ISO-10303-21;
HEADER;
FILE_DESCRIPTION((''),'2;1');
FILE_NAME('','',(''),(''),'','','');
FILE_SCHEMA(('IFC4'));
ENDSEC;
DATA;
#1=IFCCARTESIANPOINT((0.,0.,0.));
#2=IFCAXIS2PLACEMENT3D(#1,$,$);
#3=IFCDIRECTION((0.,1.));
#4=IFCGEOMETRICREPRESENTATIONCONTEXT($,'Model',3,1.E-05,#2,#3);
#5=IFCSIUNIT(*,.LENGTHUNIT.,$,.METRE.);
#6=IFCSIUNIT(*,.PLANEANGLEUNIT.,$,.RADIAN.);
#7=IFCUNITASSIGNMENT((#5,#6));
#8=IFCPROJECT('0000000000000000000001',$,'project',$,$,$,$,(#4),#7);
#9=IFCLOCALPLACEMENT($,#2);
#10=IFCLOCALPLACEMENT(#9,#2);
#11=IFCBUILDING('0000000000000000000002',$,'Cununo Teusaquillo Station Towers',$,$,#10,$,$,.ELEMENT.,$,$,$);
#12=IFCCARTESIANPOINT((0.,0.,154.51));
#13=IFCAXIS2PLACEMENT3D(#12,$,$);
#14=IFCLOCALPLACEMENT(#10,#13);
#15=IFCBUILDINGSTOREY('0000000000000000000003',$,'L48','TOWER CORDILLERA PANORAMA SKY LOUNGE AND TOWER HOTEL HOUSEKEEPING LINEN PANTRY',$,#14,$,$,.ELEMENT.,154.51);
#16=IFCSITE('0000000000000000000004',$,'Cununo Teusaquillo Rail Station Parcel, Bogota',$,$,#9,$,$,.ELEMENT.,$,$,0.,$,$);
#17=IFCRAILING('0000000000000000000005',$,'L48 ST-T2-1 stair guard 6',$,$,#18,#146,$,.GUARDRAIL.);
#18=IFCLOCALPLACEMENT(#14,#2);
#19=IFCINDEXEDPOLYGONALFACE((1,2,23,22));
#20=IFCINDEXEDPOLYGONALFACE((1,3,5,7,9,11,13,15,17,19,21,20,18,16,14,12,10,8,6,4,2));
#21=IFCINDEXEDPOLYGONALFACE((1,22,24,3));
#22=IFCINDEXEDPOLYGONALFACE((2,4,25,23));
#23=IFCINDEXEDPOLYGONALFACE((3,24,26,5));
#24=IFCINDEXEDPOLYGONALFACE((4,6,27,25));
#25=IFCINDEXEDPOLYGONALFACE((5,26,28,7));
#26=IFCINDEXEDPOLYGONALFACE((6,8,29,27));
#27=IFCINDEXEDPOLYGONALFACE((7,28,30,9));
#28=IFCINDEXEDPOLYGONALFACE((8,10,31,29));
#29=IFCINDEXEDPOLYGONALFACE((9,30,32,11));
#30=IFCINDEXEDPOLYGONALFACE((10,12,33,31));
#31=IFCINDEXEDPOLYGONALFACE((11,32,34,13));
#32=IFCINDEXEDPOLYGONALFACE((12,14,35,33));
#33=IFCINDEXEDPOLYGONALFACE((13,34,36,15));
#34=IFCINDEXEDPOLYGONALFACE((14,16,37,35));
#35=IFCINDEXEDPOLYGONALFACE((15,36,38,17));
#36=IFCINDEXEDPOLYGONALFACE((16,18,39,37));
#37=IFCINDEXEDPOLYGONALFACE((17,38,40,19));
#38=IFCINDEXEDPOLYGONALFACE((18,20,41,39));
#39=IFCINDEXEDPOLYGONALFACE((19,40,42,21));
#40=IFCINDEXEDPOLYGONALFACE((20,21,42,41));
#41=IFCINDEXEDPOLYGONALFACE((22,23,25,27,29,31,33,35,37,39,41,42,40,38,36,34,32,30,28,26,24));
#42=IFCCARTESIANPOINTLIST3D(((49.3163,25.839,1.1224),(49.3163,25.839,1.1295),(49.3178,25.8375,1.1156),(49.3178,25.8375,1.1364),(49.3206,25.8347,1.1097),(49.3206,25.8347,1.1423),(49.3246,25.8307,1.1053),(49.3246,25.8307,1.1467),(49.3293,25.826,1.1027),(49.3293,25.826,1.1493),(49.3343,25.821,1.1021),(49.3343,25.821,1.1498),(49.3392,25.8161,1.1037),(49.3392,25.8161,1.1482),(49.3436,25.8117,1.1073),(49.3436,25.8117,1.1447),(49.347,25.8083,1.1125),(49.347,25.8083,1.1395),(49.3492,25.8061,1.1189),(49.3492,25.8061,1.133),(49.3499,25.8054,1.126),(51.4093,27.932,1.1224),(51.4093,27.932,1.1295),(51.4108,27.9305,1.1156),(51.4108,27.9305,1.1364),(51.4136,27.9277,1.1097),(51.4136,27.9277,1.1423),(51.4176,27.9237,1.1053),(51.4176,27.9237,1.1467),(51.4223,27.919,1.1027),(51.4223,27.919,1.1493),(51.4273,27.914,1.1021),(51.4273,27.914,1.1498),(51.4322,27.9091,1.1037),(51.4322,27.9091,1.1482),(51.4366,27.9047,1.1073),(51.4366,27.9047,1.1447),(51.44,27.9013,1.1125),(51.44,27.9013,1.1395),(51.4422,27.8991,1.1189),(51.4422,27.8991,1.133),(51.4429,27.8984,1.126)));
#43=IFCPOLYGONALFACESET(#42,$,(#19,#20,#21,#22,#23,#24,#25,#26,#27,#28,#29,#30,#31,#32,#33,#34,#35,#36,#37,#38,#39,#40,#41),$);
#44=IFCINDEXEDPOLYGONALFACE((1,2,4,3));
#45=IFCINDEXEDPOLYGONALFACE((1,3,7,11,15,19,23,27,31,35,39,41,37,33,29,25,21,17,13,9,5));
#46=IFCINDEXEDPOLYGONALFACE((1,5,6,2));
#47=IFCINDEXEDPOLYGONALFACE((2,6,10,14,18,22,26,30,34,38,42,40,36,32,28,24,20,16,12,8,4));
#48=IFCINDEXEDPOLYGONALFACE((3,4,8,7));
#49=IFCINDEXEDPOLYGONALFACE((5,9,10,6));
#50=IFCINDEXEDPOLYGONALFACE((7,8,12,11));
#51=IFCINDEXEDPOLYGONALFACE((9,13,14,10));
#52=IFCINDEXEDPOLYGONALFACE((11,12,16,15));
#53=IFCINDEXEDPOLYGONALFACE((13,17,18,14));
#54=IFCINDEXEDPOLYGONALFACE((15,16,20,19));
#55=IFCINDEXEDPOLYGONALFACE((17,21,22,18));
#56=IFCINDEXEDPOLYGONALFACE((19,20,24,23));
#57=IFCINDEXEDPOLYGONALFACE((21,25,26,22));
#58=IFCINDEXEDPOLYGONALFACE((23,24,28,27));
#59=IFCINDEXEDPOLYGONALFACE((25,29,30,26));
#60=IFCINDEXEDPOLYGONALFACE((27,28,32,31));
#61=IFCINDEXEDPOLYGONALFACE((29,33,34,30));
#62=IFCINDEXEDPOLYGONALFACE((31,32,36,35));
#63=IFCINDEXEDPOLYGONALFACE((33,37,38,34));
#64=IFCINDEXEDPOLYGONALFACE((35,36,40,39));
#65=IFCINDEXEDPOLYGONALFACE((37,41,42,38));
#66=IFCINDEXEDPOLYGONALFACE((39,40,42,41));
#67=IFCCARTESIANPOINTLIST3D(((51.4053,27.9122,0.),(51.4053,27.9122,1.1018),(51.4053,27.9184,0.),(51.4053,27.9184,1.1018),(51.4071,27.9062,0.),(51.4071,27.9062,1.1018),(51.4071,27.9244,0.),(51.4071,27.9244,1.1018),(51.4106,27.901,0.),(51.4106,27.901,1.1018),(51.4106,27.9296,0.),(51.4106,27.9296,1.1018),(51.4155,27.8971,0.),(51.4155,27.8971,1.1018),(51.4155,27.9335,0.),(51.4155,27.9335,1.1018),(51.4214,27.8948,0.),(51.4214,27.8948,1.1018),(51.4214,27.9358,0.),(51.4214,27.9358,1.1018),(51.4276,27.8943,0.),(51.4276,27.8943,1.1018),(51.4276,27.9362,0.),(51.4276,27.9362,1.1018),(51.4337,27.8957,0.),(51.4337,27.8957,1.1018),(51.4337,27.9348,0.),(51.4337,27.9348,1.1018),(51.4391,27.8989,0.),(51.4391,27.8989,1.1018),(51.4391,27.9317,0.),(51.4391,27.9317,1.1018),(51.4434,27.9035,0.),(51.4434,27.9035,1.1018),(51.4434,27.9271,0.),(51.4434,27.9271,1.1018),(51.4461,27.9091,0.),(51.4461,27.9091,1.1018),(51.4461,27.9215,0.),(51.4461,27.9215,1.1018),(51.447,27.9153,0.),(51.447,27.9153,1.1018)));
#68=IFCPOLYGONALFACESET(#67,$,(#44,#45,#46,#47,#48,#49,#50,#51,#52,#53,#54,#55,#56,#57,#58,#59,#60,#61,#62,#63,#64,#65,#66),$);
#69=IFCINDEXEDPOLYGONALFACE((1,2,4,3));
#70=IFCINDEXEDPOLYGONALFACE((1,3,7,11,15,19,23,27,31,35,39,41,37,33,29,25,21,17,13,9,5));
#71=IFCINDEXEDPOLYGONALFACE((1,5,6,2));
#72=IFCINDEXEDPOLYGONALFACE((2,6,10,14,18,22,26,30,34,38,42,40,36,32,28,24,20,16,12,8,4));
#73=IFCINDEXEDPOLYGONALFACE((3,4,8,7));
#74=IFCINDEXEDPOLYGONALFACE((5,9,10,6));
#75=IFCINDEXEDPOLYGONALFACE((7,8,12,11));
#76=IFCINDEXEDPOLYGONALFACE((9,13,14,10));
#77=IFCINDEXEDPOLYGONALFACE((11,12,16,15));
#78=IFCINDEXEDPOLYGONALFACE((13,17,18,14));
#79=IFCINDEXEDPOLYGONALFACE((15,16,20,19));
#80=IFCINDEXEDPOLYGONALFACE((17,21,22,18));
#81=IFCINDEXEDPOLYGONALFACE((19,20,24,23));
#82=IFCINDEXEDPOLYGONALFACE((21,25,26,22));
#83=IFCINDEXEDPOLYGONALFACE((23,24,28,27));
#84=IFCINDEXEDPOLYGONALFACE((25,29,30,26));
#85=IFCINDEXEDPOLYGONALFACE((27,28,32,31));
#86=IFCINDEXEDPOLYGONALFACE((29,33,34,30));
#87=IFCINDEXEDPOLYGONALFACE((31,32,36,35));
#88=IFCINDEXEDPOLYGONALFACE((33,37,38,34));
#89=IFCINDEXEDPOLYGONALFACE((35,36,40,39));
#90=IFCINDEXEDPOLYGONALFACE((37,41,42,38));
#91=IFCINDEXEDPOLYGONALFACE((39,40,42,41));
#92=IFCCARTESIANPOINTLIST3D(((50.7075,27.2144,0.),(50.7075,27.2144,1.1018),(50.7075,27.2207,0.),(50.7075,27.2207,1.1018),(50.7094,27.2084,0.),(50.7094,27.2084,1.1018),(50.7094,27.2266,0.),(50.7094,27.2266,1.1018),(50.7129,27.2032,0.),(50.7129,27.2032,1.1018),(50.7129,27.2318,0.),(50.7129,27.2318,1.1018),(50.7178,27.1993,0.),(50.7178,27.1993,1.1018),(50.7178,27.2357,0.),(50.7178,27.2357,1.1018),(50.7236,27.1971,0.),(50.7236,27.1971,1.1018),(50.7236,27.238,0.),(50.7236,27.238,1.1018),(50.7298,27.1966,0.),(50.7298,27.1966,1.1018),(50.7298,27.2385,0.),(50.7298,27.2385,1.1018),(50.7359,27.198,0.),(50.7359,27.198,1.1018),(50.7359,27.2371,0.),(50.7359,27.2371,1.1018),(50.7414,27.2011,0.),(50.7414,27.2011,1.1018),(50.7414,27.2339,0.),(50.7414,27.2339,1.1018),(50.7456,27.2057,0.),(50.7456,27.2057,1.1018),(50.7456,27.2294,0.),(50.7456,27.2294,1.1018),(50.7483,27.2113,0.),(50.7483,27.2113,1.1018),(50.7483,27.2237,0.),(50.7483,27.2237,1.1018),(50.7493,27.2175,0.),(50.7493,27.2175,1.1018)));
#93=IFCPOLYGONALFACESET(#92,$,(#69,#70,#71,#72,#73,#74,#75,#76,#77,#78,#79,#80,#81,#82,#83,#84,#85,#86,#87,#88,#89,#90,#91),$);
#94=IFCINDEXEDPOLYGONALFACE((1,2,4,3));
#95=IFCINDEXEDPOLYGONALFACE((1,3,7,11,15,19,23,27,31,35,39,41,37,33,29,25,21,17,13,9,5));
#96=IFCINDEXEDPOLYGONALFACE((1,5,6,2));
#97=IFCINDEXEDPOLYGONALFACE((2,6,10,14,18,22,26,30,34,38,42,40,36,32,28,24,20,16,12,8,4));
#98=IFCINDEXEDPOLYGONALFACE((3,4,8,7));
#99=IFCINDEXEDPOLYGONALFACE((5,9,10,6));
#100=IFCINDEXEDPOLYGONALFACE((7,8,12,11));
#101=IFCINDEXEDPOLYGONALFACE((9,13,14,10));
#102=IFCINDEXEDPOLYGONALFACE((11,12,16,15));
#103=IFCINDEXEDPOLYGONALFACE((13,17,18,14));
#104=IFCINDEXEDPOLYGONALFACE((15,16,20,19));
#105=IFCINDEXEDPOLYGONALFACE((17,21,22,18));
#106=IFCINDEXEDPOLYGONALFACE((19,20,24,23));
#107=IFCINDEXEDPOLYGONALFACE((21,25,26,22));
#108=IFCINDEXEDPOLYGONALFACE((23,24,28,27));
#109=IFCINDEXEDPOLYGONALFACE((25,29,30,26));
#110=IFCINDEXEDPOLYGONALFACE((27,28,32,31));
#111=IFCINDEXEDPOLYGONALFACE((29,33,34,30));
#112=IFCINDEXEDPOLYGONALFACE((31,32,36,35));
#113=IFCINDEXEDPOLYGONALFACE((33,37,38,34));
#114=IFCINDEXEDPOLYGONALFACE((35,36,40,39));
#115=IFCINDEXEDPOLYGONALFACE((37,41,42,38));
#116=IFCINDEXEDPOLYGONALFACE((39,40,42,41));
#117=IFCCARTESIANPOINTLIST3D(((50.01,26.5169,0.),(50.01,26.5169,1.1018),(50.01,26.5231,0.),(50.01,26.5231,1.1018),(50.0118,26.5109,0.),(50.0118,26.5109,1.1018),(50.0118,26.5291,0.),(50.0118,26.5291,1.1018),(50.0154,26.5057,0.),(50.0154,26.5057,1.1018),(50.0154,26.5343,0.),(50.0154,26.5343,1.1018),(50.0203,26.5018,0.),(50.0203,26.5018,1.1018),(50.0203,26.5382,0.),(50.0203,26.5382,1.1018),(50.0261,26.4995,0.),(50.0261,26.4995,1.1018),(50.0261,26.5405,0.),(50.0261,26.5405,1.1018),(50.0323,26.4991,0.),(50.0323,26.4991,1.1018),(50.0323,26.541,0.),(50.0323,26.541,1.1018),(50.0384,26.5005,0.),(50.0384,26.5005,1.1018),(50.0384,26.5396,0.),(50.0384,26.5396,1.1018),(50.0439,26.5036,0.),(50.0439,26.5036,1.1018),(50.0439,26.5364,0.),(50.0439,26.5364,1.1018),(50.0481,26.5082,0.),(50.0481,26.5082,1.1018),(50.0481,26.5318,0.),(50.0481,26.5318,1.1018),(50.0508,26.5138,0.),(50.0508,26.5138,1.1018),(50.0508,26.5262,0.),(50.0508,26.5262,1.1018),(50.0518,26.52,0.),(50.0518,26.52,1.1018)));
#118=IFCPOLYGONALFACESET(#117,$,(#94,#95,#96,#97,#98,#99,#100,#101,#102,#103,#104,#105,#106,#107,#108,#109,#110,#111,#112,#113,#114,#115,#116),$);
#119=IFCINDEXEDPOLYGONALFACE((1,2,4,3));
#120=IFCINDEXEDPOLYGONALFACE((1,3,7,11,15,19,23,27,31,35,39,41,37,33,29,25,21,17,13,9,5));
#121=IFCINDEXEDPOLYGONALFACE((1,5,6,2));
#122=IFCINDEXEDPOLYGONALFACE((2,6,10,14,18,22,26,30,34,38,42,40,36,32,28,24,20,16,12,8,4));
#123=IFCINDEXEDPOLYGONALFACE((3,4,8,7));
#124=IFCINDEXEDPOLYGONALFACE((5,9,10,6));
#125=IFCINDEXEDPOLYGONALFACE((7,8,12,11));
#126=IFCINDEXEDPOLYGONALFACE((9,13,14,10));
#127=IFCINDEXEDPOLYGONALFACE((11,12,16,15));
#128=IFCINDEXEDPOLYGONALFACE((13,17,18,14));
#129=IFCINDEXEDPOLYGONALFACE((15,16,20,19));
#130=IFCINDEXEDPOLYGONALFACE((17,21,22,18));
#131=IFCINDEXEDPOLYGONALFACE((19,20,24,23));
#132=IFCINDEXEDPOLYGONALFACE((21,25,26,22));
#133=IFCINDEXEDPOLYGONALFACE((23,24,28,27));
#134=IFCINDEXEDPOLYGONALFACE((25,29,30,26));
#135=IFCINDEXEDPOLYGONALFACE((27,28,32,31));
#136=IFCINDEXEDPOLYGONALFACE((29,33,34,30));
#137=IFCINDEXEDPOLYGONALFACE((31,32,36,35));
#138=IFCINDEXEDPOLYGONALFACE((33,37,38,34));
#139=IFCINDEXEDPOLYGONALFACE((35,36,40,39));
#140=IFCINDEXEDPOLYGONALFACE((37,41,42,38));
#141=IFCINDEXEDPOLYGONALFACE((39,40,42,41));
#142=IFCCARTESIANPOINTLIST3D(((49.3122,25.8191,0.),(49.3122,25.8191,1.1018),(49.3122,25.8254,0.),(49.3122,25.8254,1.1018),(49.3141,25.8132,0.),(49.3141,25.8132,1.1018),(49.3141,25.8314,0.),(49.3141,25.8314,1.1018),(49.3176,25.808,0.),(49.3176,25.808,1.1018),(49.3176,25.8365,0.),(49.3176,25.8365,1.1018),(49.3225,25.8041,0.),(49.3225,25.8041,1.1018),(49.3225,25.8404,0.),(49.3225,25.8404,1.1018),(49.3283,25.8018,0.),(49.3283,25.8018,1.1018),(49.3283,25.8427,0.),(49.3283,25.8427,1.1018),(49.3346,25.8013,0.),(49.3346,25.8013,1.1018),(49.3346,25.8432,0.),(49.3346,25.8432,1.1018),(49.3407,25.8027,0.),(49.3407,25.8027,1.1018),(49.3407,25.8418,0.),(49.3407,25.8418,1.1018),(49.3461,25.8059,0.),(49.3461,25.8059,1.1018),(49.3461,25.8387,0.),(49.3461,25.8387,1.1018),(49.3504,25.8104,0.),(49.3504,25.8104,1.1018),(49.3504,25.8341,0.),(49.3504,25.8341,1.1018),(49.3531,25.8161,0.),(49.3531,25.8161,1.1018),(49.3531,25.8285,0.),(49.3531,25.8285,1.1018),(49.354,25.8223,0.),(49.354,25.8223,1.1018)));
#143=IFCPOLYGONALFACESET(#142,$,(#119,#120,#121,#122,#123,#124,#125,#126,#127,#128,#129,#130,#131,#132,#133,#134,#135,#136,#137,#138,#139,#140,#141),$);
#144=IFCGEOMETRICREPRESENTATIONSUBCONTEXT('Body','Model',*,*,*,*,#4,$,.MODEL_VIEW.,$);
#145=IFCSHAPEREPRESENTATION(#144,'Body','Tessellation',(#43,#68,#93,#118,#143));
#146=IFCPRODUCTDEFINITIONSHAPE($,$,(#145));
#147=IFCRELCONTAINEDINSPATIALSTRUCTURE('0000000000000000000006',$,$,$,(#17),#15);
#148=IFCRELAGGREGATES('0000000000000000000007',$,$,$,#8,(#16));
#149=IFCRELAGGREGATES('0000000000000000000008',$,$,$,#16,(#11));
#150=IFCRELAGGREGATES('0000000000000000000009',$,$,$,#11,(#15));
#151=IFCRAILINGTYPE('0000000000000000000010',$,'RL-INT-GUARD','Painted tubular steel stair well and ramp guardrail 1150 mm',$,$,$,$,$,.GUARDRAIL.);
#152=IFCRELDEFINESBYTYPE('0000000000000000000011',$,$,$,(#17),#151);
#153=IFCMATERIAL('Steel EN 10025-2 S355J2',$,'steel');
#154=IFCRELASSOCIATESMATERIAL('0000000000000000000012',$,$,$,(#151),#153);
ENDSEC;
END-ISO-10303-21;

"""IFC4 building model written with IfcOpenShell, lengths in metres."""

from ifc_helpers import new_model, si_unit, direction, frame, origin, origin_2d, place, context, subcontext, project, spatial, circle, extrude, material, type_object, element, save


model = new_model("IFC4")

# Units and contexts
model_context = context("Model", 3, precision=1e-05, world=origin(), true_north=direction((0.0, 1.0)))
body_context = subcontext(model_context, "Body", "Model", "MODEL_VIEW")
ifc_project = project(units=[si_unit("LENGTHUNIT", "METRE"), si_unit("PLANEANGLEUNIT", "RADIAN")], contexts=[model_context])

# Site, building, storey
site_placement = place(None, origin())
site = spatial("IfcSite", under=ifc_project, at=site_placement, Name="Cununo Teusaquillo Rail Station Parcel, Bogota", CompositionType="ELEMENT", RefElevation=0.0)
building_placement = place(site_placement, origin())
building = spatial("IfcBuilding", under=site, at=building_placement, Name="Cununo Teusaquillo Station Towers", CompositionType="ELEMENT")
storey_placement = place(building_placement, frame((0.0, 0.0, 154.51)))
storey = spatial("IfcBuildingStorey", under=building, at=storey_placement, Name="L48", Description="TOWER CORDILLERA PANORAMA SKY LOUNGE AND TOWER HOTEL HOUSEKEEPING LINEN PANTRY", CompositionType="ELEMENT", Elevation=154.51)

# Railing
ifc_material_1 = material(Name="Steel EN 10025-2 S355J2", Category="steel")
railing_type = type_object("IfcRailingType", Name="RL-INT-GUARD", Description="Painted tubular steel stair well and ramp guardrail 1150 mm", PredefinedType="GUARDRAIL", material=ifc_material_1)
railing_1_placement = place(storey_placement, frame((51.426, 27.9153, 0.0)))
element("IfcRailing", 1, at=railing_1_placement, inside=storey, type_object=railing_type, Name="L48 ST-T2-1 stair guard 6", PredefinedType="GUARDRAIL", context=body_context, shape_type="SweptSolid", body=[
    extrude(circle(Radius=0.0239, at=origin_2d()), frame((0.0, 0.0, 1.126), z_axis=(-0.707107, -0.707107, 0.0), x_axis=(0.707107, -0.707107, 0.0)), (0.0, 0.0, 1.0), 2.96),
    extrude(circle(Radius=0.021, at=origin_2d()), origin(), (0.0, 0.0, 1.0), 1.1018),
    extrude(circle(Radius=0.021, at=origin_2d()), frame((-0.6978, -0.6978, 0.0)), (0.0, 0.0, 1.0), 1.1018),
    extrude(circle(Radius=0.021, at=origin_2d()), frame((-1.3953, -1.3953, 0.0)), (0.0, 0.0, 1.0), 1.1018),
    extrude(circle(Radius=0.021, at=origin_2d()), frame((-2.093, -2.093, 0.0)), (0.0, 0.0, 1.0), 1.1018),
])

save(model, "model.ifc")
